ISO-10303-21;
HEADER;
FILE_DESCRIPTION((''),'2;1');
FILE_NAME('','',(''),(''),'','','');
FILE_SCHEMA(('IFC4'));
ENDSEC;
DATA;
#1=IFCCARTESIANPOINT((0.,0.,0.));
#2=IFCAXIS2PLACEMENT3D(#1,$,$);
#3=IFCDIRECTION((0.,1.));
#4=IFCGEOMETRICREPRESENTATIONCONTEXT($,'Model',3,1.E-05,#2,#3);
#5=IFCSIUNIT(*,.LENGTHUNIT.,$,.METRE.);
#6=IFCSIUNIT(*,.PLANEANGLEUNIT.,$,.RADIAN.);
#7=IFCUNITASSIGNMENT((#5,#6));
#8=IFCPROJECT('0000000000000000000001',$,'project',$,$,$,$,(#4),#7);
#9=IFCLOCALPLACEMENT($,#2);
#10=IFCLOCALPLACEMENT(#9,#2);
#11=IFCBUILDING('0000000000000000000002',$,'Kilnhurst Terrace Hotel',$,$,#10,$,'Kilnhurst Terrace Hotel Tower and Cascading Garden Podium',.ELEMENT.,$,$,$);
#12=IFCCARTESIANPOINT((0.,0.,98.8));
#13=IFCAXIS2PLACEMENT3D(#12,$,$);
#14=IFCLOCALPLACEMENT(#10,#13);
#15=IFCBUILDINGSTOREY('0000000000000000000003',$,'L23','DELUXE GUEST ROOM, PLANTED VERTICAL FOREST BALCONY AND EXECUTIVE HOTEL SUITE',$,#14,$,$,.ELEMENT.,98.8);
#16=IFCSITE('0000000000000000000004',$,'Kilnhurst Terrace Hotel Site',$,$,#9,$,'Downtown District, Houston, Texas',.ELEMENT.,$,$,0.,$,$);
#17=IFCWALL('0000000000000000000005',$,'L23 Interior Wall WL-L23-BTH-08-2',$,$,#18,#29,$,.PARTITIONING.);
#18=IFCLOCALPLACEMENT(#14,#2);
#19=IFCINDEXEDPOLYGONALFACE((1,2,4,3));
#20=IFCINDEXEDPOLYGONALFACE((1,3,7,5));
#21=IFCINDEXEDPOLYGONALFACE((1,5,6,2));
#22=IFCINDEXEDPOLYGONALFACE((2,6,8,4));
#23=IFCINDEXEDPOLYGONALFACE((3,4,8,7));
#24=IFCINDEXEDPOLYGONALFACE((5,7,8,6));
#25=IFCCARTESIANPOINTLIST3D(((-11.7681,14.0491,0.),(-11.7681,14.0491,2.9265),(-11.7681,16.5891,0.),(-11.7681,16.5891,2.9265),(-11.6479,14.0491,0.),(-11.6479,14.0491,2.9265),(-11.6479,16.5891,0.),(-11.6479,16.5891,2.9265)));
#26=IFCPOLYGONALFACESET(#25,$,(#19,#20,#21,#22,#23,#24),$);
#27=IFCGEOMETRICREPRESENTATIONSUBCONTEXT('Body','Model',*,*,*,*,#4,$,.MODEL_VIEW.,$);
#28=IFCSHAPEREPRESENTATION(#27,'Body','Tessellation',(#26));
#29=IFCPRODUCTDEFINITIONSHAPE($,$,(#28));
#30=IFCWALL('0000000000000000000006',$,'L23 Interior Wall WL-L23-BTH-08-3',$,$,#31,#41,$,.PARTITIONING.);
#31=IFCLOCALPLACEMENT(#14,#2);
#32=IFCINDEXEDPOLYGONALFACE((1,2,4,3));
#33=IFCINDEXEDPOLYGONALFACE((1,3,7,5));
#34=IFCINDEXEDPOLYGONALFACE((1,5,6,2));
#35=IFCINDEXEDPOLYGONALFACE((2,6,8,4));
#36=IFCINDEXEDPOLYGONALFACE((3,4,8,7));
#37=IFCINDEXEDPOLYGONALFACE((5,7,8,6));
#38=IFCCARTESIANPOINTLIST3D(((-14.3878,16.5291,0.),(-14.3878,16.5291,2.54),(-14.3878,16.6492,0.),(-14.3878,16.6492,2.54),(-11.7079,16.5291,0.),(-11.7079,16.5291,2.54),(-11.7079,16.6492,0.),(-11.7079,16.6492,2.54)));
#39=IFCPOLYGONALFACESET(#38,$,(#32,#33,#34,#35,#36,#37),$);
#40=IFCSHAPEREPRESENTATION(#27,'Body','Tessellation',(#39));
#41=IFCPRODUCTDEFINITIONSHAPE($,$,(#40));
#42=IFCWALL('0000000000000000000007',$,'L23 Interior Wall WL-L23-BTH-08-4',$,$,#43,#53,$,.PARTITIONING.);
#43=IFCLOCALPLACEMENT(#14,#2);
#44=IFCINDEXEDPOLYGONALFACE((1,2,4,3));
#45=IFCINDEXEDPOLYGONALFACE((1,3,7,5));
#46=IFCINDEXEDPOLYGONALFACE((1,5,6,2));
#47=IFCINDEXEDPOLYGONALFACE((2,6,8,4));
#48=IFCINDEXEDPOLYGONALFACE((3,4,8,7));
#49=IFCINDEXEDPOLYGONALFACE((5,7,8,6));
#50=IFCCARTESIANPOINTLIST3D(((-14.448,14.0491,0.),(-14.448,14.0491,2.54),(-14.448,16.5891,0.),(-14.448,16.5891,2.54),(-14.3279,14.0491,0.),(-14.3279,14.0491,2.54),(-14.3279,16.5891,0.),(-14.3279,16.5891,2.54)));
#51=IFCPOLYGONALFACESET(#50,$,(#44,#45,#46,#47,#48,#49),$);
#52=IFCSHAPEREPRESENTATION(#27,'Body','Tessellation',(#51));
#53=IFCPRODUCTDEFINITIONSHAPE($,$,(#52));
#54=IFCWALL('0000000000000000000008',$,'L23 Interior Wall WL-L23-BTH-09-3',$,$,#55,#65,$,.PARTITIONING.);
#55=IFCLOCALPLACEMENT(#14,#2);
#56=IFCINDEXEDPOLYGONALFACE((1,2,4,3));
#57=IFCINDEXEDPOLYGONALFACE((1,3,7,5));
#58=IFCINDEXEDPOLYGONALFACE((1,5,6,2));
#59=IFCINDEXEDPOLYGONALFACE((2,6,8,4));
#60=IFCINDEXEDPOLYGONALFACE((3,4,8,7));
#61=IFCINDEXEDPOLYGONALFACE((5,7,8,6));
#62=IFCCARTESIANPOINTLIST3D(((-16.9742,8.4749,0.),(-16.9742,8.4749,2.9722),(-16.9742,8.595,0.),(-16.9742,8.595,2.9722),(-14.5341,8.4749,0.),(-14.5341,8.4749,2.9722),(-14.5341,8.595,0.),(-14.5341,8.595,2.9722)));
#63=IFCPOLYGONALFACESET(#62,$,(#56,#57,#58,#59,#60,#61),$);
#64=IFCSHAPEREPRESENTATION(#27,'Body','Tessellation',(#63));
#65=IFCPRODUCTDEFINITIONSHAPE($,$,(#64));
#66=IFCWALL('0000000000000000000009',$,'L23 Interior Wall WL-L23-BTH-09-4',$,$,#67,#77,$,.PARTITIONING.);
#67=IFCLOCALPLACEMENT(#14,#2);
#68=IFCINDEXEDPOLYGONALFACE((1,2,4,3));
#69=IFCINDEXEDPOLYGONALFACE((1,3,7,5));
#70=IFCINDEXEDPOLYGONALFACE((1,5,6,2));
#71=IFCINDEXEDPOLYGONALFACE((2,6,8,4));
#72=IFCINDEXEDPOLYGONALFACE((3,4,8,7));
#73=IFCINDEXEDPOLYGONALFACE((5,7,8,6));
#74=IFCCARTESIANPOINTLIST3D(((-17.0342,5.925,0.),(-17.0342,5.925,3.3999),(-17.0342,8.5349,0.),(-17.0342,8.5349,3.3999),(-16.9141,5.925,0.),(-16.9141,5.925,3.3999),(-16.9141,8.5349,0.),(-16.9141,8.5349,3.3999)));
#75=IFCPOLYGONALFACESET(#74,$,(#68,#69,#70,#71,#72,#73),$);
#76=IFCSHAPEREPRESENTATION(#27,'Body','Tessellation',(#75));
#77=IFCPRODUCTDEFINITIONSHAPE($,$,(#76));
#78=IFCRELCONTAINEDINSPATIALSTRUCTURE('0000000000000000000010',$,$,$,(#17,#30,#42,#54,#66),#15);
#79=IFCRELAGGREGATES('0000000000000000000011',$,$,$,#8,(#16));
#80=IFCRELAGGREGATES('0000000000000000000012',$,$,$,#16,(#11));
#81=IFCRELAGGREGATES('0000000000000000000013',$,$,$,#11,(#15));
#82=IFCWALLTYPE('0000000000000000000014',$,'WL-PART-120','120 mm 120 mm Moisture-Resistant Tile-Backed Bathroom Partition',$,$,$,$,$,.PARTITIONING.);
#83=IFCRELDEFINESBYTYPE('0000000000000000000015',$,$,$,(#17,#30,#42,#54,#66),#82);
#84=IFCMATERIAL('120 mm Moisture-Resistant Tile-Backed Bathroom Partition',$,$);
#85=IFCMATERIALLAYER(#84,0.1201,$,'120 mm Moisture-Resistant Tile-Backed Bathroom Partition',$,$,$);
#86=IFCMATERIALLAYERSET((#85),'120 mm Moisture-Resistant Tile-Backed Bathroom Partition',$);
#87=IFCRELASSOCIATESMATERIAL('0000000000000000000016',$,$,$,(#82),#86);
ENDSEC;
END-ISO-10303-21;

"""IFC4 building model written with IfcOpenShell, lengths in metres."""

from ifc_helpers import new_model, si_unit, direction, frame, frame_2d, origin, place, context, subcontext, project, spatial, rectangle, extrude, material, layer, layer_set, type_object, element, save


model = new_model("IFC4")

# Units and contexts
model_context = context("Model", 3, precision=1e-05, world=origin(), true_north=direction((0.0, 1.0)))
body_context = subcontext(model_context, "Body", "Model", "MODEL_VIEW")
ifc_project = project(units=[si_unit("LENGTHUNIT", "METRE"), si_unit("PLANEANGLEUNIT", "RADIAN")], contexts=[model_context])

# Site, building, storey
site_placement = place(None, origin())
site = spatial("IfcSite", under=ifc_project, at=site_placement, Name="Kilnhurst Terrace Hotel Site", LongName="Downtown District, Houston, Texas", CompositionType="ELEMENT", RefElevation=0.0)
building_placement = place(site_placement, origin())
building = spatial("IfcBuilding", under=site, at=building_placement, Name="Kilnhurst Terrace Hotel", LongName="Kilnhurst Terrace Hotel Tower and Cascading Garden Podium", CompositionType="ELEMENT")
storey_placement = place(building_placement, frame((0.0, 0.0, 98.8)))
storey = spatial("IfcBuildingStorey", under=building, at=storey_placement, Name="L23", Description="DELUXE GUEST ROOM, PLANTED VERTICAL FOREST BALCONY AND EXECUTIVE HOTEL SUITE", CompositionType="ELEMENT", Elevation=98.8)

# Shared definitions
ifc_material_1 = material(Name="120 mm Moisture-Resistant Tile-Backed Bathroom Partition")
ifc_layer_1 = layer(ifc_material_1, 0.1201, Name="120 mm Moisture-Resistant Tile-Backed Bathroom Partition")
ifc_layer_set_1 = layer_set([ifc_layer_1], Name="120 mm Moisture-Resistant Tile-Backed Bathroom Partition")
wall_type_1 = type_object("IfcWallType", Name="WL-PART-120", Description="120 mm 120 mm Moisture-Resistant Tile-Backed Bathroom Partition", PredefinedType="PARTITIONING", material=ifc_layer_set_1)

# Walls
wall_1_placement = place(storey_placement, frame((-11.708, 14.0491, 0.0), z_axis=(0.0, 0.0, 1.0), x_axis=(0.0, 1.0, 0.0)))
element("IfcWall", 1, at=wall_1_placement, inside=storey, type_object=wall_type_1, Name="L23 Interior Wall WL-L23-BTH-08-2", PredefinedType="PARTITIONING", context=body_context, shape_type="SweptSolid", body=[
    extrude(rectangle(XDim=2.54, YDim=0.1201, at=frame_2d((1.27, 0.0))), origin(), (0.0, 0.0, 1.0), 2.9265),
])
wall_2_placement = place(storey_placement, frame((-11.708, 16.5891, 0.0), z_axis=(0.0, 0.0, 1.0), x_axis=(-1.0, 0.0, 0.0)))
element("IfcWall", 2, at=wall_2_placement, inside=storey, type_object=wall_type_1, Name="L23 Interior Wall WL-L23-BTH-08-3", PredefinedType="PARTITIONING", context=body_context, shape_type="SweptSolid", body=[
    extrude(rectangle(XDim=2.6799, YDim=0.1201, at=frame_2d((1.3398, 0.0))), origin(), (0.0, 0.0, 1.0), 2.54),
])
wall_3_placement = place(storey_placement, frame((-14.3879, 16.5891, 0.0), z_axis=(0.0, 0.0, 1.0), x_axis=(0.0, -1.0, 0.0)))
element("IfcWall", 3, at=wall_3_placement, inside=storey, type_object=wall_type_1, Name="L23 Interior Wall WL-L23-BTH-08-4", PredefinedType="PARTITIONING", context=body_context, shape_type="SweptSolid", body=[
    extrude(rectangle(XDim=2.54, YDim=0.1201, at=frame_2d((1.27, 0.0))), origin(), (0.0, 0.0, 1.0), 2.54),
])
wall_4_placement = place(storey_placement, frame((-14.5339, 8.5349, 0.0), z_axis=(0.0, 0.0, 1.0), x_axis=(-1.0, 0.0, 0.0)))
element("IfcWall", 4, at=wall_4_placement, inside=storey, type_object=wall_type_1, Name="L23 Interior Wall WL-L23-BTH-09-3", PredefinedType="PARTITIONING", context=body_context, shape_type="SweptSolid", body=[
    extrude(rectangle(XDim=2.4402, YDim=0.1201, at=frame_2d((1.2202, 0.0))), origin(), (0.0, 0.0, 1.0), 2.9722),
])
wall_5_placement = place(storey_placement, frame((-16.9741, 8.5349, 0.0), z_axis=(0.0, 0.0, 1.0), x_axis=(0.0, -1.0, 0.0)))
element("IfcWall", 5, at=wall_5_placement, inside=storey, type_object=wall_type_1, Name="L23 Interior Wall WL-L23-BTH-09-4", PredefinedType="PARTITIONING", context=body_context, shape_type="SweptSolid", body=[
    extrude(rectangle(XDim=2.6099, YDim=0.1201, at=frame_2d((1.3049, 0.0))), origin(), (0.0, 0.0, 1.0), 3.3999),
])

save(model, "model.ifc")
